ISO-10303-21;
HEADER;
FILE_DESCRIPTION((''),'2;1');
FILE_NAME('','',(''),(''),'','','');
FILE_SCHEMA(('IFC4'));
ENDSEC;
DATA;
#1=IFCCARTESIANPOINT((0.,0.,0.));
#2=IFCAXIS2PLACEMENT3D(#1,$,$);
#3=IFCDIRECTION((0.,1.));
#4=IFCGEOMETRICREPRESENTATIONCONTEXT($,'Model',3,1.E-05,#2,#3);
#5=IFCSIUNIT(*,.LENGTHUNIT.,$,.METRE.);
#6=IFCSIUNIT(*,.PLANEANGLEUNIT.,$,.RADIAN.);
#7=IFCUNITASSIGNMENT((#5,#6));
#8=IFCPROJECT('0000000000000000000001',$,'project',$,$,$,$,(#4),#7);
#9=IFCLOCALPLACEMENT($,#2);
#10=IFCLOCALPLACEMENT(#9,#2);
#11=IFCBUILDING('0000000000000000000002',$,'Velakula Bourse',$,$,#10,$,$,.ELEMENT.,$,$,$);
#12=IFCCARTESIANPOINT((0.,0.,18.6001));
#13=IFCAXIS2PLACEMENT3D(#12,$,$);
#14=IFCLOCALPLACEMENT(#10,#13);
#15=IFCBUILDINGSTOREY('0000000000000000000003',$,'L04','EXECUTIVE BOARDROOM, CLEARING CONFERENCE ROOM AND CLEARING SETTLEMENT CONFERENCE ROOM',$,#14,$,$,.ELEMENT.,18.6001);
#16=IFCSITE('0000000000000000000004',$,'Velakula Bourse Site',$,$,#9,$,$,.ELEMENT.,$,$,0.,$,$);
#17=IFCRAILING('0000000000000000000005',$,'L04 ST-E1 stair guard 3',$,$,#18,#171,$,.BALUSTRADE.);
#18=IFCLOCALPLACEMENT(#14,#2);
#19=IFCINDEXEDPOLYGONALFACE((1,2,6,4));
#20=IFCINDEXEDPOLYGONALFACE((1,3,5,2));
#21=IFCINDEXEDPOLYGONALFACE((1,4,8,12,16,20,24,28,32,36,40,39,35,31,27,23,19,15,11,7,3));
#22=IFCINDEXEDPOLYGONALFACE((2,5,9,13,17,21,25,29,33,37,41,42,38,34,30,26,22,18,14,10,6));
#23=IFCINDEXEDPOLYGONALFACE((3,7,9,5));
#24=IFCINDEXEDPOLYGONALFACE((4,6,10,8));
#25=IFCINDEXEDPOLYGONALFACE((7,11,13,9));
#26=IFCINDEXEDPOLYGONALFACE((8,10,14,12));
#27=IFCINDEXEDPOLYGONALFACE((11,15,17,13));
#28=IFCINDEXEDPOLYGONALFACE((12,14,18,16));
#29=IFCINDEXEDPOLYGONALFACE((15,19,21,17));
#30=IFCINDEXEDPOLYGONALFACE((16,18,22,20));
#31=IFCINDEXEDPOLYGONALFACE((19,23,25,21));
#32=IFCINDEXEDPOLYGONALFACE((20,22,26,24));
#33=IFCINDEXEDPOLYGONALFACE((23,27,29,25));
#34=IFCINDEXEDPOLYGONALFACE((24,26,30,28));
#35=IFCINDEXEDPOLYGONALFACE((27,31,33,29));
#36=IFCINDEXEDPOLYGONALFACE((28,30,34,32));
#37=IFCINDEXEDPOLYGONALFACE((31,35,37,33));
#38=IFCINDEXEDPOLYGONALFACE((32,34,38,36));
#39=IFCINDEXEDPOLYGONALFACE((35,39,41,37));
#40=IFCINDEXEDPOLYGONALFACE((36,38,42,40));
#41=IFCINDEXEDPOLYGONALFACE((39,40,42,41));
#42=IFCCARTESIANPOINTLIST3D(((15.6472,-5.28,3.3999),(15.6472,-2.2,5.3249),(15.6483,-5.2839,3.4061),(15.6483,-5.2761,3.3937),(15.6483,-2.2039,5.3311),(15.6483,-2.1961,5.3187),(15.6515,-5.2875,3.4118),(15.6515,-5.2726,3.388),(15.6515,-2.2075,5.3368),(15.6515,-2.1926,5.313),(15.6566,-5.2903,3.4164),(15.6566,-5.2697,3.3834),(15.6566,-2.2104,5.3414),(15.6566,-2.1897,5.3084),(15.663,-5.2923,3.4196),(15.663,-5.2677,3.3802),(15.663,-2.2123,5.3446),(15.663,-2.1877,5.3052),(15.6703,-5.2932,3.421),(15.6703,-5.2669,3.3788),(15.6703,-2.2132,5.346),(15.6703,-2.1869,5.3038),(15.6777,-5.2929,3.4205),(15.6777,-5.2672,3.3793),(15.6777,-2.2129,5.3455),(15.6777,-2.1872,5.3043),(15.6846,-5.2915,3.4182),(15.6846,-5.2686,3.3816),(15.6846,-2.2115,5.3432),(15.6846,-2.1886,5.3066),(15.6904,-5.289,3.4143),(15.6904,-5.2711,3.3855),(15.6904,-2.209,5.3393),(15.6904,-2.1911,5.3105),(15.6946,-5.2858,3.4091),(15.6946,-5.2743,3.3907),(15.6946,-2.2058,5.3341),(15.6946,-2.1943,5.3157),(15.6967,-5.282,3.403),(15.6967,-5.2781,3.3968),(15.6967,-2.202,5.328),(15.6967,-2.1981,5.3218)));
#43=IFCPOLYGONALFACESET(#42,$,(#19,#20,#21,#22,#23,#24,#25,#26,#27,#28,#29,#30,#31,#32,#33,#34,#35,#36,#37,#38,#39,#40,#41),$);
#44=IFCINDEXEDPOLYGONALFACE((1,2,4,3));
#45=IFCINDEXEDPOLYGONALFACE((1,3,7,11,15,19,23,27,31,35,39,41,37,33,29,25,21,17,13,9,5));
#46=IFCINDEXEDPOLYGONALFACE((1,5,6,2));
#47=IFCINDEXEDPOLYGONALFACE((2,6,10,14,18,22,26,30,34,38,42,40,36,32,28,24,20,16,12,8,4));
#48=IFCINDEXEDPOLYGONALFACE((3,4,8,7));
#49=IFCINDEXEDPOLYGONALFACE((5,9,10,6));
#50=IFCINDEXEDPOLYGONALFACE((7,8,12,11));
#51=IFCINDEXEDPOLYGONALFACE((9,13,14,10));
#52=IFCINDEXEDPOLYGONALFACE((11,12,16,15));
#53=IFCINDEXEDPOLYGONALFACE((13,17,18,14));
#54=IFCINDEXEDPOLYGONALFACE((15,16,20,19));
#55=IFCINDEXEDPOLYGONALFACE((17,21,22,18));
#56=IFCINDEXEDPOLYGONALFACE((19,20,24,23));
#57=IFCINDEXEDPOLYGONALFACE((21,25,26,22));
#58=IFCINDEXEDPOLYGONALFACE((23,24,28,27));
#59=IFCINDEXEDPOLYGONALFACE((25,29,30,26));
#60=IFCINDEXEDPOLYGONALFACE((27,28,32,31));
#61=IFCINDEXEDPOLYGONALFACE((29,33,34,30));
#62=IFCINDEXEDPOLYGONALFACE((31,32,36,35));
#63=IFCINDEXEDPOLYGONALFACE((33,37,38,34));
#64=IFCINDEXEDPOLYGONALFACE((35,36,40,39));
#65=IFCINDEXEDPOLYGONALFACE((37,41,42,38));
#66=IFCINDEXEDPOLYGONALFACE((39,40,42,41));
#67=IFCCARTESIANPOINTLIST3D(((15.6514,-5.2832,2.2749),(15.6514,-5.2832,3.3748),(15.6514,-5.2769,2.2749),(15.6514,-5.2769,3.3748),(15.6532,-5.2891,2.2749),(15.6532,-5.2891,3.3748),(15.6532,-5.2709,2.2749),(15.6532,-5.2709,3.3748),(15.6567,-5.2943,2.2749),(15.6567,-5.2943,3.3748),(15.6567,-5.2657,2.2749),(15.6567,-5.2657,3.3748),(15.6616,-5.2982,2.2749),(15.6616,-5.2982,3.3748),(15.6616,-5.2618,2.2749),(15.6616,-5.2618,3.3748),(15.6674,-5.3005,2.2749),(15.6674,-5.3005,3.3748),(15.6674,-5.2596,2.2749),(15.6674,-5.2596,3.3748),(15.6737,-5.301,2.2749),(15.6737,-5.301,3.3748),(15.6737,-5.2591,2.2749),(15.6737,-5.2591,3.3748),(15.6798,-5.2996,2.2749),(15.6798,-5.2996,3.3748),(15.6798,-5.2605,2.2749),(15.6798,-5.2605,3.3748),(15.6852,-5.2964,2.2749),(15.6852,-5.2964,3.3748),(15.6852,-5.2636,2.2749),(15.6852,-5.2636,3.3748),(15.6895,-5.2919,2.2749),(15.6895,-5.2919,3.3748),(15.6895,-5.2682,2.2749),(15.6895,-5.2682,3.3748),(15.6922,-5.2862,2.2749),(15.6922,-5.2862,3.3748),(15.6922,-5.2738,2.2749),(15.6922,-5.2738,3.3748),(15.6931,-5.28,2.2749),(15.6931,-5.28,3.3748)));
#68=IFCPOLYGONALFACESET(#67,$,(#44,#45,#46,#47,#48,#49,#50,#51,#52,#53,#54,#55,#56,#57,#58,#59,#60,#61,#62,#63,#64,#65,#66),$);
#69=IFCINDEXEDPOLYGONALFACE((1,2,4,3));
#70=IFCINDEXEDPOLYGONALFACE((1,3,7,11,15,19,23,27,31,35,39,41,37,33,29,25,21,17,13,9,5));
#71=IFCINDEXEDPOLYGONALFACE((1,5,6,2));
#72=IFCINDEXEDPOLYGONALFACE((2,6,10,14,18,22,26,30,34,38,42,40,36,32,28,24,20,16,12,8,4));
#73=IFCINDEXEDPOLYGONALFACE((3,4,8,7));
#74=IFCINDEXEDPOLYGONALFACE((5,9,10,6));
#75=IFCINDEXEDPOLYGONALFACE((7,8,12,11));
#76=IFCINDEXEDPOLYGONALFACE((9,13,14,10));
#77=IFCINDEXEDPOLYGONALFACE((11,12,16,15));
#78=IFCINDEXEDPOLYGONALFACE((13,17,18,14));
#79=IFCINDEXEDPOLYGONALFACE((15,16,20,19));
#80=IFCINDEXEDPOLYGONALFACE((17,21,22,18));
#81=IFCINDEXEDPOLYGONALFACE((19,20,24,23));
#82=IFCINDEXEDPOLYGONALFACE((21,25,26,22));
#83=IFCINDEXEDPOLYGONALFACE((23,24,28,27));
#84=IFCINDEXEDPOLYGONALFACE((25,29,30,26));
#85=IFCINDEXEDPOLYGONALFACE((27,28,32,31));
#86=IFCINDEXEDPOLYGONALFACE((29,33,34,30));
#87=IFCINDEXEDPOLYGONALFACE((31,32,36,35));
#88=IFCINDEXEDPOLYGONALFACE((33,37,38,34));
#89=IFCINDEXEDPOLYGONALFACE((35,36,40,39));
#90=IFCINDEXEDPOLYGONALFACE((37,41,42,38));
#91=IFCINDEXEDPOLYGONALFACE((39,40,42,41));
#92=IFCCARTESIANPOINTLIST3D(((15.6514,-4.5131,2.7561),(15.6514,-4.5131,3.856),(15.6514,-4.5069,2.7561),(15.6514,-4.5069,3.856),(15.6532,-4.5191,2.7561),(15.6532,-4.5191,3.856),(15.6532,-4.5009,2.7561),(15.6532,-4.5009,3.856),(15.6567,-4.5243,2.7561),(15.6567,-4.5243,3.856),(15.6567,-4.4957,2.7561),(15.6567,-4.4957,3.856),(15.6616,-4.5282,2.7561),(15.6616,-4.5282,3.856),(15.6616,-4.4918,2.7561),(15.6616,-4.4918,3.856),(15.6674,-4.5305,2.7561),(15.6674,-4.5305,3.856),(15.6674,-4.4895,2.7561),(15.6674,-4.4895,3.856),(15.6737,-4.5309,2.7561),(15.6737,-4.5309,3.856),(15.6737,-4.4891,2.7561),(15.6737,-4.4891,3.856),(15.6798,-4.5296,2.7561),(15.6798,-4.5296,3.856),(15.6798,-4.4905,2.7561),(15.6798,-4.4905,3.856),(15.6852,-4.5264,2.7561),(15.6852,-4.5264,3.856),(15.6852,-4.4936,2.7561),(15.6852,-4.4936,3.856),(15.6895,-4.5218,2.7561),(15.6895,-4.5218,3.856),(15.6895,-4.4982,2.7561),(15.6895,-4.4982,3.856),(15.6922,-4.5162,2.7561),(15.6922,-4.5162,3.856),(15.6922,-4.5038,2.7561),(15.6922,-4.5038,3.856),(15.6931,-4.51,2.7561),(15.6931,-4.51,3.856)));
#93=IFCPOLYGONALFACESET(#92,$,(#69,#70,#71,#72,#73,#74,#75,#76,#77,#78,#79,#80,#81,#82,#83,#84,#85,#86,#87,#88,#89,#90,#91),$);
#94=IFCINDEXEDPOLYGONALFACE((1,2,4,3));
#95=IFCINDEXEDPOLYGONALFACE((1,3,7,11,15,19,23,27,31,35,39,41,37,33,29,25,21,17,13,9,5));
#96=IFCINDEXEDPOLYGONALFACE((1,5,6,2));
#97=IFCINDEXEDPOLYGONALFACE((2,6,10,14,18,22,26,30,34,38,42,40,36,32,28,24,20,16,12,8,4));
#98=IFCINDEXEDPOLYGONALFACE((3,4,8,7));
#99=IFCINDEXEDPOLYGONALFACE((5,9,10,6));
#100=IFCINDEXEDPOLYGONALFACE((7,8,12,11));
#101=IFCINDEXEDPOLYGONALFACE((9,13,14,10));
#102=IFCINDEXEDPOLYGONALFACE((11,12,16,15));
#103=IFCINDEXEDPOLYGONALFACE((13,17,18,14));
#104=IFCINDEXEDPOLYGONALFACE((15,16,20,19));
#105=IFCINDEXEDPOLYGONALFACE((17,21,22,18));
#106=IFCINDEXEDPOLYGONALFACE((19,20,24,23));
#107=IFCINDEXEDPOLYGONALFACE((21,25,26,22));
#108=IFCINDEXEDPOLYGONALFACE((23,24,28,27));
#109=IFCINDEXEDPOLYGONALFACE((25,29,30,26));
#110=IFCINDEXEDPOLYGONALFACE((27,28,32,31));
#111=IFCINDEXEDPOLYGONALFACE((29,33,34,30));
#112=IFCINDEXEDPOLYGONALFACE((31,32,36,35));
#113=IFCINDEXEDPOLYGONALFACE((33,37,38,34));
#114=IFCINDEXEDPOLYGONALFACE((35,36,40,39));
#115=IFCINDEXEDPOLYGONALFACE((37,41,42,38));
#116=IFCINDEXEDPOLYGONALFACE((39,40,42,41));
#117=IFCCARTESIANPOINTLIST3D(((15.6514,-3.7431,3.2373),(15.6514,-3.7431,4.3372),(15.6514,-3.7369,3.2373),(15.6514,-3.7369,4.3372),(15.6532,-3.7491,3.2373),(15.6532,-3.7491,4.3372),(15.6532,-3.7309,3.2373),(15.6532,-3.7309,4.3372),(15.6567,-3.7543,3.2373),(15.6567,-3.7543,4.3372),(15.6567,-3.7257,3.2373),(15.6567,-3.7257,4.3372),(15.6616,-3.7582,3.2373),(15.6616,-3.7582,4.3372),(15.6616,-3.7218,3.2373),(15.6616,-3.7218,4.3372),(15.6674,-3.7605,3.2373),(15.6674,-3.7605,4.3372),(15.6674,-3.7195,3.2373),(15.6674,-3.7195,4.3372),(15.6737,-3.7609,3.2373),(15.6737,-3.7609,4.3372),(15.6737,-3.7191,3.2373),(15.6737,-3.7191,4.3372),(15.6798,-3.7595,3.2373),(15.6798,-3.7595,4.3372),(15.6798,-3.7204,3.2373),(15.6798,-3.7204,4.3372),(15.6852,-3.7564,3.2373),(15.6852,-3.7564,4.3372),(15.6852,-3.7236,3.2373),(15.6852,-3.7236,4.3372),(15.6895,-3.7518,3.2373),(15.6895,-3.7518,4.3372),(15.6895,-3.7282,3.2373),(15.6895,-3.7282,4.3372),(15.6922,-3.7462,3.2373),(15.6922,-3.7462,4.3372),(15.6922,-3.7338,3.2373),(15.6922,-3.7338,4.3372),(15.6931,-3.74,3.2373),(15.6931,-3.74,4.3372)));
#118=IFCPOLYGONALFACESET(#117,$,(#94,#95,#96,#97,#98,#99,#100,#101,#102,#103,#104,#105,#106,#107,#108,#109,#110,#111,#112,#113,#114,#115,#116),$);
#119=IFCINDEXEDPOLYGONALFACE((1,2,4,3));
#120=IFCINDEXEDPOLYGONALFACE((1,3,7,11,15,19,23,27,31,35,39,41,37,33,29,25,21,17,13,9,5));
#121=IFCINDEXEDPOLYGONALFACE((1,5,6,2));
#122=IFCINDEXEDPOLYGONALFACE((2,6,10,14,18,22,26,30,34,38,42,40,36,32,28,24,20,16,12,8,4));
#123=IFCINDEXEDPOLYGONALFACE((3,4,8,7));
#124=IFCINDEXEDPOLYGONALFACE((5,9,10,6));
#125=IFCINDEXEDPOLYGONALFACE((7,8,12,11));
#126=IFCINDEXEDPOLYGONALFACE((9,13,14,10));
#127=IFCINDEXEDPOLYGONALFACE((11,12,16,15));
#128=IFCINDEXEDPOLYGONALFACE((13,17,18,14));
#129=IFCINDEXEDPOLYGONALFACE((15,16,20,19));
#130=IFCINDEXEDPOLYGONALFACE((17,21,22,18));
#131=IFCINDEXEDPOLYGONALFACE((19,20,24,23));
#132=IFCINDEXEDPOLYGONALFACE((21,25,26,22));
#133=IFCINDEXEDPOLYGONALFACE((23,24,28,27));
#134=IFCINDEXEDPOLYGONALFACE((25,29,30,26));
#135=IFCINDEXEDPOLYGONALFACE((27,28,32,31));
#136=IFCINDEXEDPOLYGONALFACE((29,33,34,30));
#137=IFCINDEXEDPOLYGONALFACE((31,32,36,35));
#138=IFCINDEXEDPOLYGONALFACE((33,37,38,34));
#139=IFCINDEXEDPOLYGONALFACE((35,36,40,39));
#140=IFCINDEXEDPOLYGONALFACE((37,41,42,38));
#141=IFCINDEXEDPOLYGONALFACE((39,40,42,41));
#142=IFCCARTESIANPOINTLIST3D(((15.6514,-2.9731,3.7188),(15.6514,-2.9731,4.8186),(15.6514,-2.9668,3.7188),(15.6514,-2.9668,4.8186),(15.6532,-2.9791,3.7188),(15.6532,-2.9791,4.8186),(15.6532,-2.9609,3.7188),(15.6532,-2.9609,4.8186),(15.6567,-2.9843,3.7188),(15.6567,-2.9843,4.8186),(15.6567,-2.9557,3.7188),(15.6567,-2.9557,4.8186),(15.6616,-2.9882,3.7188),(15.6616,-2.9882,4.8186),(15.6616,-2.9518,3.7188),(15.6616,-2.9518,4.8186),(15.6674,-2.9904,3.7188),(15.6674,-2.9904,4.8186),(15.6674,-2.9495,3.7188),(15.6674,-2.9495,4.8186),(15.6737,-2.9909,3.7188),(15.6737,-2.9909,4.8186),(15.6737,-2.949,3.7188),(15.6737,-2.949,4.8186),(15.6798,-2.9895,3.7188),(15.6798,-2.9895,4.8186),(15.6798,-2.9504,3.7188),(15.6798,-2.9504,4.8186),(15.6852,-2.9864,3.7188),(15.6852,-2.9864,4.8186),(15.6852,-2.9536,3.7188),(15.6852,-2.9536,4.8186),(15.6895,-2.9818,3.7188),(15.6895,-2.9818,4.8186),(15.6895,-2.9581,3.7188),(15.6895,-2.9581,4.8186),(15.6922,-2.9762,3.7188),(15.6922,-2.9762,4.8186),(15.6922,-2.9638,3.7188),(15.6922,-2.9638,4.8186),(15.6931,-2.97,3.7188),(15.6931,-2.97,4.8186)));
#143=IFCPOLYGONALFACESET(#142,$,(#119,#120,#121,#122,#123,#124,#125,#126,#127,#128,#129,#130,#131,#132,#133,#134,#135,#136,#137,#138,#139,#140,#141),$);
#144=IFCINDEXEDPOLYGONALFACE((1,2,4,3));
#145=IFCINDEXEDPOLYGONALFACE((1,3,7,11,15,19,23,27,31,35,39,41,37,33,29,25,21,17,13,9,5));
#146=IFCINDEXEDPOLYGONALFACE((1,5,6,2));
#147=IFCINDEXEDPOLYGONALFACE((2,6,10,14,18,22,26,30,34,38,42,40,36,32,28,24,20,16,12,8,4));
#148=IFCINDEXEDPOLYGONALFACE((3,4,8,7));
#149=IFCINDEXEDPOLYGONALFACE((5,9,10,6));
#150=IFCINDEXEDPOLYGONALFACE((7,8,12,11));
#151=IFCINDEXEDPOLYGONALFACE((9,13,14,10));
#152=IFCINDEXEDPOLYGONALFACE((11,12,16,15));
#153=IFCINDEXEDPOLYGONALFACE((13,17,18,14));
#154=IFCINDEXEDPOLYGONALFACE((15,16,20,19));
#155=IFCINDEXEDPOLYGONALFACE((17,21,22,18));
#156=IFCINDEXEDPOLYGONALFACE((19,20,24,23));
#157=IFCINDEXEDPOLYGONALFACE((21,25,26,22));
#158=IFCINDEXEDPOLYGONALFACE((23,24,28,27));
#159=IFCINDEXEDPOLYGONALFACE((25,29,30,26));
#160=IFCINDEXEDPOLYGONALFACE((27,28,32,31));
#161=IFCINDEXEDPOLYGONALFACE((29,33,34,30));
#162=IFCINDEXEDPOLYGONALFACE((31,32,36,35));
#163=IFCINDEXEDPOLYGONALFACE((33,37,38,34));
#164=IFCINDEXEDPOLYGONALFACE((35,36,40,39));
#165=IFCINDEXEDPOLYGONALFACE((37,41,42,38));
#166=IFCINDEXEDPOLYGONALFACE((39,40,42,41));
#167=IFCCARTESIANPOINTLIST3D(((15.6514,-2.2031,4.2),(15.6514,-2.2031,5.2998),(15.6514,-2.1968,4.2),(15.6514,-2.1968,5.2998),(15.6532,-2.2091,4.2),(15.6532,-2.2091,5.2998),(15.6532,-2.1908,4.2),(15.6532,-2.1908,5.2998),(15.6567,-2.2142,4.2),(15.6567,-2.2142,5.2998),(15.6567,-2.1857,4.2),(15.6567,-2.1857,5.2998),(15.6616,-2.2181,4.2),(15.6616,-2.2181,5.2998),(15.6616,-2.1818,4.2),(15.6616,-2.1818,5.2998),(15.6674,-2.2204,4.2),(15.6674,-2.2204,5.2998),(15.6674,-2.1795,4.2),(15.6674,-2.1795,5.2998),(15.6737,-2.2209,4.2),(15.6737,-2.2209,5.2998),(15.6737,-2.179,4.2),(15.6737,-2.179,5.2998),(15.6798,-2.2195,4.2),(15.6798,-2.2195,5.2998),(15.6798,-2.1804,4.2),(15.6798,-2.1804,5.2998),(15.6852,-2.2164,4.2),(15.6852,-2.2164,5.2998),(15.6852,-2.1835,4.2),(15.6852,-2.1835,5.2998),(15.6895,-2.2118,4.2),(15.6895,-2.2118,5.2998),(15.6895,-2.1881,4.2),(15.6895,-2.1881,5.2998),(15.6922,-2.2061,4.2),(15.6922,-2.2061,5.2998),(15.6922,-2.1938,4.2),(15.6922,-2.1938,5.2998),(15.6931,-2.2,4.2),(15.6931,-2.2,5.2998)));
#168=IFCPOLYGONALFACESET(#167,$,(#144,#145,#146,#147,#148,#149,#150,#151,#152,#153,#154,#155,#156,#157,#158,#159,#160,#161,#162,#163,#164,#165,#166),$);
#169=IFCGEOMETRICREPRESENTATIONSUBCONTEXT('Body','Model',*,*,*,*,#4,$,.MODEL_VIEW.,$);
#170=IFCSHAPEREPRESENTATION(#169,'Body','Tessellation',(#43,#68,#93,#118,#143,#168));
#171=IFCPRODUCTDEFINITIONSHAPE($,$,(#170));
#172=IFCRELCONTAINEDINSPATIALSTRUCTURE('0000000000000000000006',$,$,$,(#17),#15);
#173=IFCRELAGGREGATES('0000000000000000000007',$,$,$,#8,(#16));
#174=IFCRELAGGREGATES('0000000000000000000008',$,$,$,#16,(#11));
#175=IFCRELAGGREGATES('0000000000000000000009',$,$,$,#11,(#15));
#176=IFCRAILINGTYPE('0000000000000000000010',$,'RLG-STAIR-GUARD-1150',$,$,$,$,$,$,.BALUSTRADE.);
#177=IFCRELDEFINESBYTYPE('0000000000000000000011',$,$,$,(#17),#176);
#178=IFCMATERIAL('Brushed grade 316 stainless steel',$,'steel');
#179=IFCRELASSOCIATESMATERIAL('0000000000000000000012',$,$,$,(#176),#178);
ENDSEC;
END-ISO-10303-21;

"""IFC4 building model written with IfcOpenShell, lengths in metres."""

from ifc_helpers import new_model, si_unit, direction, frame, origin, origin_2d, place, context, subcontext, project, spatial, circle, extrude, material, type_object, element, save


model = new_model("IFC4")

# Units and contexts
model_context = context("Model", 3, precision=1e-05, world=origin(), true_north=direction((0.0, 1.0)))
body_context = subcontext(model_context, "Body", "Model", "MODEL_VIEW")
ifc_project = project(units=[si_unit("LENGTHUNIT", "METRE"), si_unit("PLANEANGLEUNIT", "RADIAN")], contexts=[model_context])

# Site, building, storey
site_placement = place(None, origin())
site = spatial("IfcSite", under=ifc_project, at=site_placement, Name="Velakula Bourse Site", CompositionType="ELEMENT", RefElevation=0.0)
building_placement = place(site_placement, origin())
building = spatial("IfcBuilding", under=site, at=building_placement, Name="Velakula Bourse", CompositionType="ELEMENT")
storey_placement = place(building_placement, frame((0.0, 0.0, 18.6001)))
storey = spatial("IfcBuildingStorey", under=building, at=storey_placement, Name="L04", Description="EXECUTIVE BOARDROOM, CLEARING CONFERENCE ROOM AND CLEARING SETTLEMENT CONFERENCE ROOM", CompositionType="ELEMENT", Elevation=18.6001)

# Shared definitions
ifc_material_1 = material(Name="Brushed grade 316 stainless steel", Category="steel")

# Railing
railing_type_1 = type_object("IfcRailingType", Name="RLG-STAIR-GUARD-1150", PredefinedType="BALUSTRADE", material=ifc_material_1)
railing_1_placement = place(storey_placement, frame((15.6721, -5.28, 2.2749)))
element("IfcRailing", 1, at=railing_1_placement, inside=storey, type_object=railing_type_1, Name="L04 ST-E1 stair guard 3", PredefinedType="BALUSTRADE", context=body_context, shape_type="SweptSolid", body=[
    extrude(circle(Radius=0.0249, at=origin_2d()), frame((0.0, 0.0, 1.125), z_axis=(0.0, 0.847998, 0.529999), x_axis=(-1.0, 0.0, 0.0)), (0.0, 0.0, 1.0), 3.6321),
    extrude(circle(Radius=0.021, at=origin_2d()), origin(), (0.0, 0.0, 1.0), 1.0999),
    extrude(circle(Radius=0.021, at=origin_2d()), frame((0.0, 0.77, 0.4812)), (0.0, 0.0, 1.0), 1.0999),
    extrude(circle(Radius=0.021, at=origin_2d()), frame((0.0, 1.54, 0.9624)), (0.0, 0.0, 1.0), 1.0999),
    extrude(circle(Radius=0.021, at=origin_2d()), frame((0.0, 2.3101, 1.4438)), (0.0, 0.0, 1.0), 1.0999),
    extrude(circle(Radius=0.021, at=origin_2d()), frame((0.0, 3.0801, 1.925)), (0.0, 0.0, 1.0), 1.0999),
])

save(model, "model.ifc")
